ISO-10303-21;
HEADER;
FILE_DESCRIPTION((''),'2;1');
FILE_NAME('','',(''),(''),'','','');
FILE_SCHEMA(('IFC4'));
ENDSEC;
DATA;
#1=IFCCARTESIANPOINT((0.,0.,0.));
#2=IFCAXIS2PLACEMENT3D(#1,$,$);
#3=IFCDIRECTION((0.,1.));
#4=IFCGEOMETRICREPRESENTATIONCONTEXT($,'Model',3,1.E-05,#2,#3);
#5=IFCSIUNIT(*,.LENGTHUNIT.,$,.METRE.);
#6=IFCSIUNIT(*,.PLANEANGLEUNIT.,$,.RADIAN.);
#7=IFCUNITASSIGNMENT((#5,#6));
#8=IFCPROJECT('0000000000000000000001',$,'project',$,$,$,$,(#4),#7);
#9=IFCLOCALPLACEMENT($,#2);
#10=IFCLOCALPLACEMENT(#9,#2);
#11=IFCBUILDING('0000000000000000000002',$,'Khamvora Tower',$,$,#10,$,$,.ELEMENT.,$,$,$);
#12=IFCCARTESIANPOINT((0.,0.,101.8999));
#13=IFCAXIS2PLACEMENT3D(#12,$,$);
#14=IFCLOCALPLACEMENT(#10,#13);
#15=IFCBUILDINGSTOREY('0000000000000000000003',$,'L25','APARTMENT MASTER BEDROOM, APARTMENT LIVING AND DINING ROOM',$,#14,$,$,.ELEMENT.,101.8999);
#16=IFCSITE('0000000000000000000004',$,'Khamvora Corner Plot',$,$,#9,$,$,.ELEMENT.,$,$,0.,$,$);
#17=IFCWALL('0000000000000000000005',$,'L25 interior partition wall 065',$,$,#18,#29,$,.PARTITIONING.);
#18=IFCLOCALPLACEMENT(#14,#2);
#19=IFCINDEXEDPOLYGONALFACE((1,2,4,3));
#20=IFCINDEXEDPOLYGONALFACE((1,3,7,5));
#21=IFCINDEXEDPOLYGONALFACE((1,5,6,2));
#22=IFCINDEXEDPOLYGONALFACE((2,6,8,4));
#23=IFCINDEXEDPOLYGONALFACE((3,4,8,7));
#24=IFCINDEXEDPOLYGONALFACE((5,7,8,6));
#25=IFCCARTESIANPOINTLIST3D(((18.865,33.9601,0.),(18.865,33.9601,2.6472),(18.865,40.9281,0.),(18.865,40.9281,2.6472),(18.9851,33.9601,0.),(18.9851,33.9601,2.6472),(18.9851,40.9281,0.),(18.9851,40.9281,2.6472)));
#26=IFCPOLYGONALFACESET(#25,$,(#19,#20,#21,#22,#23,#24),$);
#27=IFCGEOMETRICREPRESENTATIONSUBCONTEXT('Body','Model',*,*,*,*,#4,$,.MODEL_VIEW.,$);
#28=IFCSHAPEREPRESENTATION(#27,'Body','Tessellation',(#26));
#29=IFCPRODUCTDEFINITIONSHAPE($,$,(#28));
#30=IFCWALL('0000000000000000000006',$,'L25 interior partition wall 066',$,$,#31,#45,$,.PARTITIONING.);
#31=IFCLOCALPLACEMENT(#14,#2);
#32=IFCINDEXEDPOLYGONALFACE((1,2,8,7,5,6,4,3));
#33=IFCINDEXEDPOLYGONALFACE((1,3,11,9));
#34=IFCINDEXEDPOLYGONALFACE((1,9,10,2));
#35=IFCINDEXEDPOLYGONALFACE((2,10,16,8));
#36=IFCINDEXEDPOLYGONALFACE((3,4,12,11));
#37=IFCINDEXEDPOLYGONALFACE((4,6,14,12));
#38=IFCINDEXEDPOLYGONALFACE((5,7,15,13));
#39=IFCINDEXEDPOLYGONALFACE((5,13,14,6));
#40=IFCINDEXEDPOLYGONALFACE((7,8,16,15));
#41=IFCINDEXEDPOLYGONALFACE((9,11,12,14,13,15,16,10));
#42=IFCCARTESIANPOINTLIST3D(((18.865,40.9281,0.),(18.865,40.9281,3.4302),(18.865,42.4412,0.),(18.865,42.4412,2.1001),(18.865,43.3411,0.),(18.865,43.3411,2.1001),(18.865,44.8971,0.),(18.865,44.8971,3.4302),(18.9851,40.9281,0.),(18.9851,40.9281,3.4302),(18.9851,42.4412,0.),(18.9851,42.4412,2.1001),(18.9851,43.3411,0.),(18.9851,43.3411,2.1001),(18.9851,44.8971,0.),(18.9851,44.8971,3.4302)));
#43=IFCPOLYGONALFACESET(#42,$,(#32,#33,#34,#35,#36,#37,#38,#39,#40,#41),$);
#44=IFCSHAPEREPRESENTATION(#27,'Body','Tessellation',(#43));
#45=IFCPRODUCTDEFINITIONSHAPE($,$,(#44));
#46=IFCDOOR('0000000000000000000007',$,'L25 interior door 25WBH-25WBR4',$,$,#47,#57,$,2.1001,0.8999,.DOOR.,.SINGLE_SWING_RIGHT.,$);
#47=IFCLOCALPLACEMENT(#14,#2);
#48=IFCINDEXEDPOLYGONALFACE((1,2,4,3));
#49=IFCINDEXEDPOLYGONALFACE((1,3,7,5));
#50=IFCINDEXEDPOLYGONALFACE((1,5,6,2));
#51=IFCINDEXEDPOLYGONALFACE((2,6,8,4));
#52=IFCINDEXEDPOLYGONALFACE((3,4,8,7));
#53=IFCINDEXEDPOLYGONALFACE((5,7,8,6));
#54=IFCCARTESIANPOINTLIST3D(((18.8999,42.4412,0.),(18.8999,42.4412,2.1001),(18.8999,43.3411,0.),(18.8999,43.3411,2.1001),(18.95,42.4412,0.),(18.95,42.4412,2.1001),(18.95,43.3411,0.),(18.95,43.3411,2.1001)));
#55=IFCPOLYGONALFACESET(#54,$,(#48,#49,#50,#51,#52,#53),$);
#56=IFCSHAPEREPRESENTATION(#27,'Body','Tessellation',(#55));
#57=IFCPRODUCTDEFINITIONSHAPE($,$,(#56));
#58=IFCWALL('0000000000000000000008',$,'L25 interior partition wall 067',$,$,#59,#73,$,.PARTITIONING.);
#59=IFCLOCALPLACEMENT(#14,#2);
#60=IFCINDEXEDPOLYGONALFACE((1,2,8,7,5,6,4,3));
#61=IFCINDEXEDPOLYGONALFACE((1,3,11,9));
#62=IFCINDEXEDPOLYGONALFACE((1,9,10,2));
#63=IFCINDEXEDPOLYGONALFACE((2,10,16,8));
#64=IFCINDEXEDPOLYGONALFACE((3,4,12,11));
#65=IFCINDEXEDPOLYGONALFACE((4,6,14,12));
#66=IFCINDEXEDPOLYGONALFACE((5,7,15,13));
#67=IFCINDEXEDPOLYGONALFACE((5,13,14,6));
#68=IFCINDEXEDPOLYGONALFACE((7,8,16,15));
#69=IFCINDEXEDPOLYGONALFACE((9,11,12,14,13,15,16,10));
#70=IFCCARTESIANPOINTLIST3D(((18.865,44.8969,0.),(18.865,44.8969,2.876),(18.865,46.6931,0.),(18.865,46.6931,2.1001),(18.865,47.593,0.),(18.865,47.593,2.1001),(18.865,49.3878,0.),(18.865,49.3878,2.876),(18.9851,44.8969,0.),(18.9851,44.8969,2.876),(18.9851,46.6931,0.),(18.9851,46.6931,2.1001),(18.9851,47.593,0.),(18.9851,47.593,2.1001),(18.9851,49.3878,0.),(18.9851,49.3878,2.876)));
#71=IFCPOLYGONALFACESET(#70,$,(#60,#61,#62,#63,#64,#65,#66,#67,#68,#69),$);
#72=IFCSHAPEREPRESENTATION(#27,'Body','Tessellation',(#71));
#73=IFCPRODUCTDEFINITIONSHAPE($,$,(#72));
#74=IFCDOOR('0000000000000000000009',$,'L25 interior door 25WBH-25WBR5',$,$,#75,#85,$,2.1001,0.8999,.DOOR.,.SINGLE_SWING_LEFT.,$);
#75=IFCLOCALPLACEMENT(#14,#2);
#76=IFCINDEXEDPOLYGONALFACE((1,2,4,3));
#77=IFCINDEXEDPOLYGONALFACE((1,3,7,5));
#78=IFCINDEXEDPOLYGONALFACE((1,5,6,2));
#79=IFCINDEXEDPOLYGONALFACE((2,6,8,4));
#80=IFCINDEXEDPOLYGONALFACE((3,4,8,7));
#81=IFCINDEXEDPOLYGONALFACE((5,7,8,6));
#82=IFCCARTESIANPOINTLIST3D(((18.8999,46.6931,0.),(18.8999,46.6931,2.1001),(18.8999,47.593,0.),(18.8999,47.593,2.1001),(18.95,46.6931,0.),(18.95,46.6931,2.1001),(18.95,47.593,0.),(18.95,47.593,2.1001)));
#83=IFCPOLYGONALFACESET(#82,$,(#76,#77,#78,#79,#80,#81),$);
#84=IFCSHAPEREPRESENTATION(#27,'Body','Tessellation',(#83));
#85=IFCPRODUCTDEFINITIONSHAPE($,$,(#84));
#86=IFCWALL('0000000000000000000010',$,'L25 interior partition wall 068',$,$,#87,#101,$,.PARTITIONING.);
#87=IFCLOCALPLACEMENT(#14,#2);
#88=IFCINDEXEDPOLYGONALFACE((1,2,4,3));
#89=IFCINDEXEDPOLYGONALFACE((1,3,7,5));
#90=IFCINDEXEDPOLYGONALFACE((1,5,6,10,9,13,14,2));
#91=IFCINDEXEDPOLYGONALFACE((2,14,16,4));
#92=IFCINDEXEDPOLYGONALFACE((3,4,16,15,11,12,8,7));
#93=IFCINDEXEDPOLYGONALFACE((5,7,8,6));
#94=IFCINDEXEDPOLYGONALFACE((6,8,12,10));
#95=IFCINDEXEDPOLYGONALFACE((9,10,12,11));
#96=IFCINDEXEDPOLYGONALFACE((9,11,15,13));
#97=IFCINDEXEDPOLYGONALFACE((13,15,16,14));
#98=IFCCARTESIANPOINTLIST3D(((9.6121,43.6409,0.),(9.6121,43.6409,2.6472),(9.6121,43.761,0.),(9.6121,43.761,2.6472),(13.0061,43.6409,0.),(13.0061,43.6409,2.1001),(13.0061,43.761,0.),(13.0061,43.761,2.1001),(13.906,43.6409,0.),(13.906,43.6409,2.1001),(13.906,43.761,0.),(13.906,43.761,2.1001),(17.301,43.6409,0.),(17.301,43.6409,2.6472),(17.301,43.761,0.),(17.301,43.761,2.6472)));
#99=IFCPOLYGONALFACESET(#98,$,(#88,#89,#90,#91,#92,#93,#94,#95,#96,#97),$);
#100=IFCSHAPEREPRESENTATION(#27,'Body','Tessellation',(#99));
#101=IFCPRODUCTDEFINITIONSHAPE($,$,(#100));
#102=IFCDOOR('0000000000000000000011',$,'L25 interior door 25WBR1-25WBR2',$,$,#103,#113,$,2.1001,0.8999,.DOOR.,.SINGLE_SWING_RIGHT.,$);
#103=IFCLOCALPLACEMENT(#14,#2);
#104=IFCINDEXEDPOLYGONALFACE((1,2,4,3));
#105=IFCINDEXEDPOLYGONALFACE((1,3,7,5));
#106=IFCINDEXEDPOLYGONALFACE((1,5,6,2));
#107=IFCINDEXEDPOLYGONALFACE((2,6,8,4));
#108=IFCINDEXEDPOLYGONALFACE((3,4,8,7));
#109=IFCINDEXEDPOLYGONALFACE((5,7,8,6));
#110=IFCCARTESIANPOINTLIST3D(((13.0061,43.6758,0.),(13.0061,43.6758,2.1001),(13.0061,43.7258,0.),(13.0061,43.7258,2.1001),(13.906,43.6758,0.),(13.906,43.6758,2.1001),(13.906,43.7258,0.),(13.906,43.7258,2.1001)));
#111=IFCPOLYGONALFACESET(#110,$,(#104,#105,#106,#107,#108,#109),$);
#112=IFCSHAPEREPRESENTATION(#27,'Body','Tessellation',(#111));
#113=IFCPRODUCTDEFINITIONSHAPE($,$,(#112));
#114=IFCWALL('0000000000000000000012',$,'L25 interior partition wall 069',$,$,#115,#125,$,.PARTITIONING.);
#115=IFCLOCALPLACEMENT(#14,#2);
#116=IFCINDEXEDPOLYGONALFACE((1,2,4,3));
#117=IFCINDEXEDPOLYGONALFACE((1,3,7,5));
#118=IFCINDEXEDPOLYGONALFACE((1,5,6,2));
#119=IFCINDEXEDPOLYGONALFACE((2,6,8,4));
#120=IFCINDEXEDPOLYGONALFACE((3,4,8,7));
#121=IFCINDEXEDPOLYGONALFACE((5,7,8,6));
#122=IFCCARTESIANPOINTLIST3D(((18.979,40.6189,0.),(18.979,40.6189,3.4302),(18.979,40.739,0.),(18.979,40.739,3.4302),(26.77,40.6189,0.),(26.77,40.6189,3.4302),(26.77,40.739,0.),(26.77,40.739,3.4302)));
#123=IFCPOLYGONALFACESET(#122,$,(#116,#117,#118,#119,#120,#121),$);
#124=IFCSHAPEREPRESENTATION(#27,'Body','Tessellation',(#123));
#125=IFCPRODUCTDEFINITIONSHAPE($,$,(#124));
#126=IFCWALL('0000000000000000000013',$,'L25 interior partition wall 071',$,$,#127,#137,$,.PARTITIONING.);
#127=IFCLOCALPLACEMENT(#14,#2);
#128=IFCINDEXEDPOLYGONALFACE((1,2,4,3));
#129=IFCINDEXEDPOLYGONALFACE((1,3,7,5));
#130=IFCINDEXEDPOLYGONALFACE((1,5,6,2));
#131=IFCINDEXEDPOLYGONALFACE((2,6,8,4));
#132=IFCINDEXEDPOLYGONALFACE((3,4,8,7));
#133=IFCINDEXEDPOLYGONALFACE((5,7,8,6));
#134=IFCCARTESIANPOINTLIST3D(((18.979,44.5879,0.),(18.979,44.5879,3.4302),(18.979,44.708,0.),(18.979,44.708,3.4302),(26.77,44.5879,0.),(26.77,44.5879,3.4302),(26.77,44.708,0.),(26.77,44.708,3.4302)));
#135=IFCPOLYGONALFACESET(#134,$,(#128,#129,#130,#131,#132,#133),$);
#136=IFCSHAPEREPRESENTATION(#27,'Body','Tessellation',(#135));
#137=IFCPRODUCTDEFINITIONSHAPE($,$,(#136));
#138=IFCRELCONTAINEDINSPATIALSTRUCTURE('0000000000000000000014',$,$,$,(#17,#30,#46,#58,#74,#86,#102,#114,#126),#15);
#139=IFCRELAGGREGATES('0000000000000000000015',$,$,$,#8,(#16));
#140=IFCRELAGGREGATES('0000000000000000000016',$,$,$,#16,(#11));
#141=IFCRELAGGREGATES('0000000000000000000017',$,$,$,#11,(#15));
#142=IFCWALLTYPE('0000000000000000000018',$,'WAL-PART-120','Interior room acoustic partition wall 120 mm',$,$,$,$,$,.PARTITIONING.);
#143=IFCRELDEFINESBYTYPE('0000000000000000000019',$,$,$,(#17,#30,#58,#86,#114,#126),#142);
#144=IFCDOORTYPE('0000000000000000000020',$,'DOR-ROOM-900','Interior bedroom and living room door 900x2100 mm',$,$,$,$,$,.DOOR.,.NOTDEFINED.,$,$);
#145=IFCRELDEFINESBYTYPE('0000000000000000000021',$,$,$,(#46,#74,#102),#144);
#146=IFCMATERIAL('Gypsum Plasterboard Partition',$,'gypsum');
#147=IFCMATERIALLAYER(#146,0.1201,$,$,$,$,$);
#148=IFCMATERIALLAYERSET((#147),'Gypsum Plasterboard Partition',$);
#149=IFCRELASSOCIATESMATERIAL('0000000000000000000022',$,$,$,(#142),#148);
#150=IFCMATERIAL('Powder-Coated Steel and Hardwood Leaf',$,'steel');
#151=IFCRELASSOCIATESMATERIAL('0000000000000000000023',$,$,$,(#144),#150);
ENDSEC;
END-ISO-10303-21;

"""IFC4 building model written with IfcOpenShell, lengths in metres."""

from ifc_helpers import new_model, si_unit, direction, frame, frame_2d, origin, place, context, subcontext, project, spatial, rectangle, extrude, material, layer, layer_set, type_object, element, fill, save


model = new_model("IFC4")

# Units and contexts
model_context = context("Model", 3, precision=1e-05, world=origin(), true_north=direction((0.0, 1.0)))
body_context = subcontext(model_context, "Body", "Model", "MODEL_VIEW")
ifc_project = project(units=[si_unit("LENGTHUNIT", "METRE"), si_unit("PLANEANGLEUNIT", "RADIAN")], contexts=[model_context])

# Site, building, storey
site_placement = place(None, origin())
site = spatial("IfcSite", under=ifc_project, at=site_placement, Name="Khamvora Corner Plot", CompositionType="ELEMENT", RefElevation=0.0)
building_placement = place(site_placement, origin())
building = spatial("IfcBuilding", under=site, at=building_placement, Name="Khamvora Tower", CompositionType="ELEMENT")
storey_placement = place(building_placement, frame((0.0, 0.0, 101.8999)))
storey = spatial("IfcBuildingStorey", under=building, at=storey_placement, Name="L25", Description="APARTMENT MASTER BEDROOM, APARTMENT LIVING AND DINING ROOM", CompositionType="ELEMENT", Elevation=101.8999)

# Shared definitions
ifc_material_1 = material(Name="Gypsum Plasterboard Partition", Category="gypsum")
ifc_layer_1 = layer(ifc_material_1, 0.1201)
ifc_layer_set_1 = layer_set([ifc_layer_1], Name="Gypsum Plasterboard Partition")
wall_type_1 = type_object("IfcWallType", Name="WAL-PART-120", Description="Interior room acoustic partition wall 120 mm", PredefinedType="PARTITIONING", material=ifc_layer_set_1)
ifc_material_2 = material(Name="Powder-Coated Steel and Hardwood Leaf", Category="steel")
door_type = type_object("IfcDoorType", Name="DOR-ROOM-900", Description="Interior bedroom and living room door 900x2100 mm", OperationType="NOTDEFINED", PredefinedType="DOOR", material=ifc_material_2)

# Wall
wall_1_placement = place(storey_placement, frame((18.925, 40.928, 0.0), z_axis=(0.0, 0.0, 1.0), x_axis=(0.0, -1.0, 0.0)))
element("IfcWall", 1, at=wall_1_placement, inside=storey, type_object=wall_type_1, Name="L25 interior partition wall 065", PredefinedType="PARTITIONING", context=body_context, shape_type="SweptSolid", body=[
    extrude(rectangle(XDim=6.968, YDim=0.1201, at=frame_2d((3.4839, 0.0))), origin(), (0.0, 0.0, 1.0), 2.6472),
])

# Walls, openings, doors
wall_2_placement = place(storey_placement, frame((18.925, 44.897, 0.0), z_axis=(0.0, 0.0, 1.0), x_axis=(0.0, -1.0, 0.0)))
wall_2 = element("IfcWall", 2, at=wall_2_placement, inside=storey, type_object=wall_type_1, Name="L25 interior partition wall 066", PredefinedType="PARTITIONING", context=body_context, shape_type="SweptSolid", body=[
    extrude(rectangle(XDim=3.969, YDim=0.1201, at=frame_2d((1.9844, 0.0))), origin(), (0.0, 0.0, 1.0), 3.4302),
])
opening_1_placement = place(wall_2_placement, frame((1.5559, 0.0, 0.0)))
opening_1 = element("IfcOpeningElement", 3, at=opening_1_placement, cuts=wall_2, PredefinedType="OPENING", context=body_context, shape_type="SweptSolid", body=[
    extrude(rectangle(XDim=0.8999, YDim=2.1001, at=frame_2d((0.45, 1.05))), frame((0.0, 0.0701, 0.0), z_axis=(0.0, -1.0, 0.0), x_axis=(1.0, 0.0, 0.0)), (0.0, 0.0, 1.0), 0.1401),
])
door_1_placement = place(opening_1_placement, origin())
door_1 = element("IfcDoor", 4, at=door_1_placement, inside=storey, type_object=door_type, Name="L25 interior door 25WBH-25WBR4", OperationType="SINGLE_SWING_RIGHT", OverallHeight=2.1001, OverallWidth=0.8999, PredefinedType="DOOR", context=body_context, shape_type="SweptSolid", body=[
    extrude(rectangle(XDim=0.8999, YDim=2.1001, at=frame_2d((0.45, 1.05))), frame((0.0, 0.0249, 0.0), z_axis=(0.0, -1.0, 0.0), x_axis=(1.0, 0.0, 0.0)), (0.0, 0.0, 1.0), 0.05),
])
fill(opening_1, door_1)
wall_3_placement = place(storey_placement, frame((18.925, 49.3879, 0.0), z_axis=(0.0, 0.0, 1.0), x_axis=(0.0, -1.0, 0.0)))
wall_3 = element("IfcWall", 5, at=wall_3_placement, inside=storey, type_object=wall_type_1, Name="L25 interior partition wall 067", PredefinedType="PARTITIONING", context=body_context, shape_type="SweptSolid", body=[
    extrude(rectangle(XDim=4.491, YDim=0.1201, at=frame_2d((2.2456, 0.0))), origin(), (0.0, 0.0, 1.0), 2.876),
])
opening_2_placement = place(wall_3_placement, frame((1.7949, 0.0, 0.0)))
opening_2 = element("IfcOpeningElement", 6, at=opening_2_placement, cuts=wall_3, PredefinedType="OPENING", context=body_context, shape_type="SweptSolid", body=[
    extrude(rectangle(XDim=0.8999, YDim=2.1001, at=frame_2d((0.45, 1.05))), frame((0.0, 0.0701, 0.0), z_axis=(0.0, -1.0, 0.0), x_axis=(1.0, 0.0, 0.0)), (0.0, 0.0, 1.0), 0.1401),
])
door_2_placement = place(opening_2_placement, origin())
door_2 = element("IfcDoor", 7, at=door_2_placement, inside=storey, type_object=door_type, Name="L25 interior door 25WBH-25WBR5", OperationType="SINGLE_SWING_LEFT", OverallHeight=2.1001, OverallWidth=0.8999, PredefinedType="DOOR", context=body_context, shape_type="SweptSolid", body=[
    extrude(rectangle(XDim=0.8999, YDim=2.1001, at=frame_2d((0.45, 1.05))), frame((0.0, 0.0249, 0.0), z_axis=(0.0, -1.0, 0.0), x_axis=(1.0, 0.0, 0.0)), (0.0, 0.0, 1.0), 0.05),
])
fill(opening_2, door_2)
wall_4_placement = place(storey_placement, frame((9.6121, 43.7009, 0.0), z_axis=(0.0, 0.0, 1.0), x_axis=(1.0, 0.0, 0.0)))
wall_4 = element("IfcWall", 8, at=wall_4_placement, inside=storey, type_object=wall_type_1, Name="L25 interior partition wall 068", PredefinedType="PARTITIONING", context=body_context, shape_type="SweptSolid", body=[
    extrude(rectangle(XDim=7.689, YDim=0.1201, at=frame_2d((3.8445, 0.0))), origin(), (0.0, 0.0, 1.0), 2.6472),
])
opening_3_placement = place(wall_4_placement, frame((3.394, 0.0, 0.0)))
opening_3 = element("IfcOpeningElement", 9, at=opening_3_placement, cuts=wall_4, PredefinedType="OPENING", context=body_context, shape_type="SweptSolid", body=[
    extrude(rectangle(XDim=0.8999, YDim=2.1001, at=frame_2d((0.45, 1.05))), frame((0.0, 0.0701, 0.0), z_axis=(0.0, -1.0, 0.0), x_axis=(1.0, 0.0, 0.0)), (0.0, 0.0, 1.0), 0.1401),
])
door_3_placement = place(opening_3_placement, origin())
door_3 = element("IfcDoor", 10, at=door_3_placement, inside=storey, type_object=door_type, Name="L25 interior door 25WBR1-25WBR2", OperationType="SINGLE_SWING_RIGHT", OverallHeight=2.1001, OverallWidth=0.8999, PredefinedType="DOOR", context=body_context, shape_type="SweptSolid", body=[
    extrude(rectangle(XDim=0.8999, YDim=2.1001, at=frame_2d((0.45, 1.05))), frame((0.0, 0.0249, 0.0), z_axis=(0.0, -1.0, 0.0), x_axis=(1.0, 0.0, 0.0)), (0.0, 0.0, 1.0), 0.05),
])
fill(opening_3, door_3)

# Walls
for number, where, z_axis, x_axis, name in (
    (11, (18.979, 40.679, 0.0), (0.0, 0.0, 1.0), (1.0, 0.0, 0.0), "L25 interior partition wall 069"),
    (12, (18.979, 44.6479, 0.0), (0.0, 0.0, 1.0), (1.0, 0.0, 0.0), "L25 interior partition wall 071"),
):
    element("IfcWall", number, at=place(storey_placement, frame(where, z_axis=z_axis, x_axis=x_axis)), inside=storey, type_object=wall_type_1, Name=name, PredefinedType="PARTITIONING", context=body_context, shape_type="SweptSolid", body=[
        extrude(rectangle(XDim=7.791, YDim=0.1201, at=frame_2d((3.8955, 0.0))), origin(), (0.0, 0.0, 1.0), 3.4302),
    ])

save(model, "model.ifc")
